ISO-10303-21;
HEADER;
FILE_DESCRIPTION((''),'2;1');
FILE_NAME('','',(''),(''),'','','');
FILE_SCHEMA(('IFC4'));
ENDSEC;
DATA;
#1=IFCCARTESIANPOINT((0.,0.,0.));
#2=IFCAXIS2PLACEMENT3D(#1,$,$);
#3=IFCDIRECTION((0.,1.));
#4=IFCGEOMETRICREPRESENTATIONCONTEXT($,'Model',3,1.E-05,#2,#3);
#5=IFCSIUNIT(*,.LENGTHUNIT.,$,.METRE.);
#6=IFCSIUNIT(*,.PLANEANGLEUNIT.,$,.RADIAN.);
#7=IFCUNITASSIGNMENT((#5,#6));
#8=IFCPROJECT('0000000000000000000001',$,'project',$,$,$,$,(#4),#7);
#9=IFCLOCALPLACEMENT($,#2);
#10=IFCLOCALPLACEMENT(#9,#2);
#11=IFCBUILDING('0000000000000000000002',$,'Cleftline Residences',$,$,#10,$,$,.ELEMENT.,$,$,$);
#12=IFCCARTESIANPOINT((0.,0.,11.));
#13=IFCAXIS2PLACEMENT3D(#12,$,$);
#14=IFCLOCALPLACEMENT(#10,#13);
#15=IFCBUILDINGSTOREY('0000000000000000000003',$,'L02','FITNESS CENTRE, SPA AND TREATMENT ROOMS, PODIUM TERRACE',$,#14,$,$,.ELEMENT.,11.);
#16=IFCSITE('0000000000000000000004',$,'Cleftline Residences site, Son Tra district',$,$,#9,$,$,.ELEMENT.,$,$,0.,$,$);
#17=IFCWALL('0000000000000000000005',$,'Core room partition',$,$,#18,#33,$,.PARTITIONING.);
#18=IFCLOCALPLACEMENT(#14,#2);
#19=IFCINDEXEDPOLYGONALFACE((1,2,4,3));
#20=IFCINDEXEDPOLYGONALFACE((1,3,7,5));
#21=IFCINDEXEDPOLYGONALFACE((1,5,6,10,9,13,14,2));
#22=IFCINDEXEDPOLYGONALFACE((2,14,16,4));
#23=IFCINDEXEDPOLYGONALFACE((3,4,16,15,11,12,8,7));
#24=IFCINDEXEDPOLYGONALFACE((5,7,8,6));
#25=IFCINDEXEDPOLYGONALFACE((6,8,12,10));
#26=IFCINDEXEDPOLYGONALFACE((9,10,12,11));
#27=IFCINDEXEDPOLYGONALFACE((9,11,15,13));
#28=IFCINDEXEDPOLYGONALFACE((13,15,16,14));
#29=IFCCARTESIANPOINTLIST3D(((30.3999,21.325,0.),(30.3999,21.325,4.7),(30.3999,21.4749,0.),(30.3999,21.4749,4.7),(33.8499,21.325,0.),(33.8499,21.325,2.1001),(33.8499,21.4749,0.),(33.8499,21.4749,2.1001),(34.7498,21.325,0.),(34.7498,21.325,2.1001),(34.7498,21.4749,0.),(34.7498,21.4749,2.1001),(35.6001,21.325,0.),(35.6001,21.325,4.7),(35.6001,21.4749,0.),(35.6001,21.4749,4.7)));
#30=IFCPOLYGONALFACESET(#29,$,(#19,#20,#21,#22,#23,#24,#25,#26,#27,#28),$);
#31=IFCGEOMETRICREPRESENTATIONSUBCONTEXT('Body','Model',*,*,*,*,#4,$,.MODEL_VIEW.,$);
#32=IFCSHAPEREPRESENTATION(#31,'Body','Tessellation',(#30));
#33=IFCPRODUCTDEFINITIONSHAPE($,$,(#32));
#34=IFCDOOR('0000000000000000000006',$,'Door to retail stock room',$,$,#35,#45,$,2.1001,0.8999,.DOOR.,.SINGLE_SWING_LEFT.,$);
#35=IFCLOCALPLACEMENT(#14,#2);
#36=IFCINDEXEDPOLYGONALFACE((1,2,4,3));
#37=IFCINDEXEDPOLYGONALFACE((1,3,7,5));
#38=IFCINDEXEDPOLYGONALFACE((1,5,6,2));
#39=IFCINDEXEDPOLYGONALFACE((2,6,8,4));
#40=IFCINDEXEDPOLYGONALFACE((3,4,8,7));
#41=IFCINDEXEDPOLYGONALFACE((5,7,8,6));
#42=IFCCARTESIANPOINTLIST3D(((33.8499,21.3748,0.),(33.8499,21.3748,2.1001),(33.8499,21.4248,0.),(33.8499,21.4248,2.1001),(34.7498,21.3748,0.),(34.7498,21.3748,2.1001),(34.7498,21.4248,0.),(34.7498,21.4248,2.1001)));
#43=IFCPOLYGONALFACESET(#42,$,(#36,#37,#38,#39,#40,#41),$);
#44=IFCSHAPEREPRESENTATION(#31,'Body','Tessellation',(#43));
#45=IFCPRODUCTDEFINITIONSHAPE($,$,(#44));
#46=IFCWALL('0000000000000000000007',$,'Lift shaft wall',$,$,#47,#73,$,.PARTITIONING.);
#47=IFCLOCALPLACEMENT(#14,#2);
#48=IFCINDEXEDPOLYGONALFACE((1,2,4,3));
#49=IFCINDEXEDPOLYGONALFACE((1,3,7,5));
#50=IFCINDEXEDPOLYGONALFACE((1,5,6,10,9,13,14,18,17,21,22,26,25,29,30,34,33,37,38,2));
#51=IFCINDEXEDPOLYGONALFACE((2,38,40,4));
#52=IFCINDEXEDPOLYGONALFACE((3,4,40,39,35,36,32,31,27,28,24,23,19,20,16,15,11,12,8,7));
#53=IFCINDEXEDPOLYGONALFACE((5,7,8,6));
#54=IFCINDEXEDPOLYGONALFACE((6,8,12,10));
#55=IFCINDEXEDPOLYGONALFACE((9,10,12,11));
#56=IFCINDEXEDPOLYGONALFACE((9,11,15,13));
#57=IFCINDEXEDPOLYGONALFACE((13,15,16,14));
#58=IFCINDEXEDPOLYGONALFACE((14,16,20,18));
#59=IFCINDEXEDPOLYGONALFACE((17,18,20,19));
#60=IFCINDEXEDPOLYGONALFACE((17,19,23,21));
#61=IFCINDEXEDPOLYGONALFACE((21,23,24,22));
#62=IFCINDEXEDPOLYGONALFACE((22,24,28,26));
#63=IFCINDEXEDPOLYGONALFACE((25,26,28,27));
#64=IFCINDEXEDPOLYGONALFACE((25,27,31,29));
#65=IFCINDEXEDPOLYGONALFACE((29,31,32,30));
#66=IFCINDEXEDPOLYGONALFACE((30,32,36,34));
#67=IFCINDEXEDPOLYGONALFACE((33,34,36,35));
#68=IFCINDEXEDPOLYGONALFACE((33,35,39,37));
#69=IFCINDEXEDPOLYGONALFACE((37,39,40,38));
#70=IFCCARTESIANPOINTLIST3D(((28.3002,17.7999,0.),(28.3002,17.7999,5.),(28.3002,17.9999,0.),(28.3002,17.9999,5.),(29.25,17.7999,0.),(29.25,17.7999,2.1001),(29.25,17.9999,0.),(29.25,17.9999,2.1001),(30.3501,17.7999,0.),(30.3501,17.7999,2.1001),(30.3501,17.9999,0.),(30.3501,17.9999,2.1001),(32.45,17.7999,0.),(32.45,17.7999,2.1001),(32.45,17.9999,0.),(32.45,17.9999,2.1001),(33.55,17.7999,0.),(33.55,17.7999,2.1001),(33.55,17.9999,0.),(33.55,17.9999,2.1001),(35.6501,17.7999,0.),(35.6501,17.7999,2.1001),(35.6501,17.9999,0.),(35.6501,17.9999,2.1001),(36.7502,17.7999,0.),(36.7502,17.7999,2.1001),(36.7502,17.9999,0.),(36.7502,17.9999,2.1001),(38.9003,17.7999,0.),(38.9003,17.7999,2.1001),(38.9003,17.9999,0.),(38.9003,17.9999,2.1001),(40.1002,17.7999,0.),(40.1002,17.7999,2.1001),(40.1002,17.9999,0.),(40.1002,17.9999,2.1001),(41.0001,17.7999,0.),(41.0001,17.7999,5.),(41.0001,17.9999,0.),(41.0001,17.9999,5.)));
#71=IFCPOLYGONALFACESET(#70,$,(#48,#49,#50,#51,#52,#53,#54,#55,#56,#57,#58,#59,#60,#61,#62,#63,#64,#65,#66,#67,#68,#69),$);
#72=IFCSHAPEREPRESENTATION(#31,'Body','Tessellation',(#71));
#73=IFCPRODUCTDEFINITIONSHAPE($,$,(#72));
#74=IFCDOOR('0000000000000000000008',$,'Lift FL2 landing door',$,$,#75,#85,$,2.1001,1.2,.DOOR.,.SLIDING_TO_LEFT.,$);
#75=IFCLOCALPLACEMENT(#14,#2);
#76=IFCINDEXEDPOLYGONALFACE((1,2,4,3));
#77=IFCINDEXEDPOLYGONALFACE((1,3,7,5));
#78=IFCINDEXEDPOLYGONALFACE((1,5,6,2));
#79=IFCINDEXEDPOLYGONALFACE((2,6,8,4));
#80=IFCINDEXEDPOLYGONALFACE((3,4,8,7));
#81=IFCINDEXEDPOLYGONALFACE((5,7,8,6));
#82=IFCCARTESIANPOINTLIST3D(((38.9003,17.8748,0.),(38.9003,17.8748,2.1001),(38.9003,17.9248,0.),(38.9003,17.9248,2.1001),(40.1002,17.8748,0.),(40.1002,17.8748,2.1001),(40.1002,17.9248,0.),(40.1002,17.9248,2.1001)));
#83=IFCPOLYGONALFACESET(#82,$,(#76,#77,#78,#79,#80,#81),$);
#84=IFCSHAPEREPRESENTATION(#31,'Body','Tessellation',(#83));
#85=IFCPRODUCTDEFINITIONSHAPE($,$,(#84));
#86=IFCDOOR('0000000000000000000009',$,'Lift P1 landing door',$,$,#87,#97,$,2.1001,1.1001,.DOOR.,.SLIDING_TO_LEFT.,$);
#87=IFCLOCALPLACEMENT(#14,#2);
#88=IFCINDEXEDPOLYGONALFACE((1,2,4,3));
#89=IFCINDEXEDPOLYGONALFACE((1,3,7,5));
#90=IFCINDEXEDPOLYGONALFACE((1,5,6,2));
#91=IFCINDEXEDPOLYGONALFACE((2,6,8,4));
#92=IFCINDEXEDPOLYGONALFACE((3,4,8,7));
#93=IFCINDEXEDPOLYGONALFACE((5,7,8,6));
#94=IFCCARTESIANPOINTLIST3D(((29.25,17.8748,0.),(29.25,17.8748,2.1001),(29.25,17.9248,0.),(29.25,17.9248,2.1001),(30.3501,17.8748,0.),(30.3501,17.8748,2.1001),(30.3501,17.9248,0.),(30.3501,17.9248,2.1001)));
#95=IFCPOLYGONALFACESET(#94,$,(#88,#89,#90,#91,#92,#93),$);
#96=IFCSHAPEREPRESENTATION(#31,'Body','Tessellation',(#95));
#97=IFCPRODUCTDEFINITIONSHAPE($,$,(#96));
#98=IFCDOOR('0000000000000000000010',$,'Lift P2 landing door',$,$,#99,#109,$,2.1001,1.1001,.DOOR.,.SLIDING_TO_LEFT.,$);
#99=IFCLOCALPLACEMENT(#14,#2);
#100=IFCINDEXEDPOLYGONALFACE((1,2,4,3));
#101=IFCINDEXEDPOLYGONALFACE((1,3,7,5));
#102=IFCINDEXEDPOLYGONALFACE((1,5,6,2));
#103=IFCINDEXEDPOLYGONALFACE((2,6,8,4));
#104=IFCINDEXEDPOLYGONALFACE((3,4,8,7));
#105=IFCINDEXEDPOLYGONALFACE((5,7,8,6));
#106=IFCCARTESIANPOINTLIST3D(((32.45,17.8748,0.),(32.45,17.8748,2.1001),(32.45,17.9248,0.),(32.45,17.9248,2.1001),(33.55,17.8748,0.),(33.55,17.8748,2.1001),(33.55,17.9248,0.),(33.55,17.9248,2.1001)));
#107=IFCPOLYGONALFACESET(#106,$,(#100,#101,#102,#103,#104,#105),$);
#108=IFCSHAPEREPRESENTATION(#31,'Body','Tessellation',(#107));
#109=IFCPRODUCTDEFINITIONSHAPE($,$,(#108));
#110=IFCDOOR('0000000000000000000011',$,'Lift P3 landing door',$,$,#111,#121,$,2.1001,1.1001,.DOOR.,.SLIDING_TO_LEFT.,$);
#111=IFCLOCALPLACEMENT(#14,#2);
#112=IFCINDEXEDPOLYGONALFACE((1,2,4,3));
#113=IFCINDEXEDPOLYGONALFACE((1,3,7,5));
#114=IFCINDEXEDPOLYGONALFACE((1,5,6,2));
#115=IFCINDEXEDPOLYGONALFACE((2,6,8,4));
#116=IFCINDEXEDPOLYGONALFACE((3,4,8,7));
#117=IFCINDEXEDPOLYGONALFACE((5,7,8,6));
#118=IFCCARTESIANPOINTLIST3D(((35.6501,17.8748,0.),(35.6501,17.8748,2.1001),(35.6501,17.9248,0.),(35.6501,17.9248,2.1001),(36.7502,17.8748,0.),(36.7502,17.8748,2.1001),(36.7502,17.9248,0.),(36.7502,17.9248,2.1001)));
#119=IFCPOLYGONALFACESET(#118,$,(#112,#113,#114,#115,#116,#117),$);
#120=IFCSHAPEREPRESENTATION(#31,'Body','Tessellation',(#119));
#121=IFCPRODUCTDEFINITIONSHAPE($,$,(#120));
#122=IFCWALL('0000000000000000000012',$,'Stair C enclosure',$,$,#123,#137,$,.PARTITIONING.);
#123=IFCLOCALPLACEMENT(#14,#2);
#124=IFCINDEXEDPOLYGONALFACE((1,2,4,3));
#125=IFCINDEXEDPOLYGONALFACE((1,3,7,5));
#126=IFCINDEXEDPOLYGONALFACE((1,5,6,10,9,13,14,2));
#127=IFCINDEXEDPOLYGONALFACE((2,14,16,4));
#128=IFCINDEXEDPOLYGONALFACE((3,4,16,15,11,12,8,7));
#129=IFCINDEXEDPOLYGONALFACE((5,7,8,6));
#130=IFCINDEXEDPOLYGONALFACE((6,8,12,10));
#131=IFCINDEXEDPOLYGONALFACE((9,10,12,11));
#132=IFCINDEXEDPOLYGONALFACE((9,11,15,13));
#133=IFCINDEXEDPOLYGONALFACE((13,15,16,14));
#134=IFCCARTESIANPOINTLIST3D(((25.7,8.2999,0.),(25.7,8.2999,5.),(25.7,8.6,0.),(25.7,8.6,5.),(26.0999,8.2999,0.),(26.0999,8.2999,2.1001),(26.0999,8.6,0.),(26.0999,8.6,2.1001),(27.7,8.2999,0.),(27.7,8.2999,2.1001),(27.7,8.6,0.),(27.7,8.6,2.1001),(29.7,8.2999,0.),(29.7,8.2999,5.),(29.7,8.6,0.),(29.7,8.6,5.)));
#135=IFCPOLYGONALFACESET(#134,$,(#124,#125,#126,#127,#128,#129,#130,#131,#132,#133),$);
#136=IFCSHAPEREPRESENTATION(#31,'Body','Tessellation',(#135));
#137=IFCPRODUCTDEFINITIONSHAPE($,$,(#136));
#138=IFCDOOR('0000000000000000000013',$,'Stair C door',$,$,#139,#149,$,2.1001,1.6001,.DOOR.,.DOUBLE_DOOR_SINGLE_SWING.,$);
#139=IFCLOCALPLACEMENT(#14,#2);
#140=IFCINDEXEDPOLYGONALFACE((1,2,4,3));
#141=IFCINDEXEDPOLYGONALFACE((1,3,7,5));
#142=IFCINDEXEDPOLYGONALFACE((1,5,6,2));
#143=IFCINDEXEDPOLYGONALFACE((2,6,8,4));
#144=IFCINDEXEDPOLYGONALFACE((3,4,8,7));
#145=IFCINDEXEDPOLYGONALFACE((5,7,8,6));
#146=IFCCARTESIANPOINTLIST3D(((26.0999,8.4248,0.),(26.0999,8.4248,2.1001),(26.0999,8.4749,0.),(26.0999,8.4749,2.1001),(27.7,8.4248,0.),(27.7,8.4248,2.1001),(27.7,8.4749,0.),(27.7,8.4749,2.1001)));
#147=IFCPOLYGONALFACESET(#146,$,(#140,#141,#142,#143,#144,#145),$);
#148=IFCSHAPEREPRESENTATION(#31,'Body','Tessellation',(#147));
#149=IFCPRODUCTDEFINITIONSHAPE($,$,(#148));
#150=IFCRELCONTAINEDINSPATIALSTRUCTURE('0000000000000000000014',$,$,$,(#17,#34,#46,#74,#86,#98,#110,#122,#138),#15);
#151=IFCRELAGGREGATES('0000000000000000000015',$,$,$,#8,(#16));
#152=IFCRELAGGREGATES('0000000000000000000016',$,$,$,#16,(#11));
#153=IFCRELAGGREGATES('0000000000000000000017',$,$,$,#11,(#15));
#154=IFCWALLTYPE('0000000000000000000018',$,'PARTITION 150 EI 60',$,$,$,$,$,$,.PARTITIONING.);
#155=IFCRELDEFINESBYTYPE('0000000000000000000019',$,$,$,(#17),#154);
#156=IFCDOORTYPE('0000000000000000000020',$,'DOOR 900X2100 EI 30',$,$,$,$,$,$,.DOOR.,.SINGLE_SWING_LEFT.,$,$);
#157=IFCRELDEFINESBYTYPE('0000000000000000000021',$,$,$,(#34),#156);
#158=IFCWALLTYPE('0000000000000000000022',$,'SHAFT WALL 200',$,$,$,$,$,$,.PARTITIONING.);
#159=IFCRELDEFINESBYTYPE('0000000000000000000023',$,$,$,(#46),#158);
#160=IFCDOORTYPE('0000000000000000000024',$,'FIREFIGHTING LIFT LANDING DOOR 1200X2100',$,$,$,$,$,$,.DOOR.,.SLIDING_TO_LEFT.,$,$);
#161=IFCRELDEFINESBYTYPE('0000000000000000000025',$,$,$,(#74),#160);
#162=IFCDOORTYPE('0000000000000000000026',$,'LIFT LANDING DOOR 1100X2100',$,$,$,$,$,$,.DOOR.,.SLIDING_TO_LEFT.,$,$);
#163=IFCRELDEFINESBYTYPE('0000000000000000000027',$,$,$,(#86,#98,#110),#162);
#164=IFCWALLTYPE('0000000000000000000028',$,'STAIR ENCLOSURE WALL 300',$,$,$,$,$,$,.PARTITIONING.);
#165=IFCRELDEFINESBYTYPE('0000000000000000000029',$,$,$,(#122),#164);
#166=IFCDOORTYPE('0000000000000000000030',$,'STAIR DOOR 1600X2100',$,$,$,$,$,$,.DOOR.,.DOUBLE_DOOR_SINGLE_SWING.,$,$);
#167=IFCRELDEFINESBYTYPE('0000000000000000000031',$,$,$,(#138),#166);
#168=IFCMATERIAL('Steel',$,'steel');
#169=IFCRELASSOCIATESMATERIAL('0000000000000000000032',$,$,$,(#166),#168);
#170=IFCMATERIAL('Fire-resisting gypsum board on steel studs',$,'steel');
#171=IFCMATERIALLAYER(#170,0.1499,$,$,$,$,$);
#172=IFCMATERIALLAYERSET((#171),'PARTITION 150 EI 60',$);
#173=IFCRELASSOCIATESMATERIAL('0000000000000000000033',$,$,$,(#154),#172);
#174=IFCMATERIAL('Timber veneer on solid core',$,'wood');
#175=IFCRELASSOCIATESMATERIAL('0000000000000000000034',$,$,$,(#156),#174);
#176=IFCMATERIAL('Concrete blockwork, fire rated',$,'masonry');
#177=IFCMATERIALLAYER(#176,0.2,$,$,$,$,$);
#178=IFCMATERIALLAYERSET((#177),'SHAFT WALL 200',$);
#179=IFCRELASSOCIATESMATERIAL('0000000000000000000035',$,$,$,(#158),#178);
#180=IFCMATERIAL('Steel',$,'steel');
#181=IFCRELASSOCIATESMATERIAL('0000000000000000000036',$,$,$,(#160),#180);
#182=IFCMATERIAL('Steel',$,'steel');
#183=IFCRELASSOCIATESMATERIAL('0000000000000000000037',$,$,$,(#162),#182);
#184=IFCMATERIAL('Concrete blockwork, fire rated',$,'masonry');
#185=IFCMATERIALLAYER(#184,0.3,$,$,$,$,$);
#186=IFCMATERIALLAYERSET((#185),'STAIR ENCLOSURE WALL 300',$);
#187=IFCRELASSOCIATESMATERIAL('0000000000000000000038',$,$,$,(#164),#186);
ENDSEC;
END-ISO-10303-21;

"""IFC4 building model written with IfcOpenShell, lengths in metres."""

from ifc_helpers import new_model, si_unit, direction, frame, frame_2d, origin, place, context, subcontext, project, spatial, rectangle, extrude, material, layer, layer_set, type_object, element, fill, save


model = new_model("IFC4")

# Units and contexts
model_context = context("Model", 3, precision=1e-05, world=origin(), true_north=direction((0.0, 1.0)))
body_context = subcontext(model_context, "Body", "Model", "MODEL_VIEW")
ifc_project = project(units=[si_unit("LENGTHUNIT", "METRE"), si_unit("PLANEANGLEUNIT", "RADIAN")], contexts=[model_context])

# Site, building, storey
site_placement = place(None, origin())
site = spatial("IfcSite", under=ifc_project, at=site_placement, Name="Cleftline Residences site, Son Tra district", CompositionType="ELEMENT", RefElevation=0.0)
building_placement = place(site_placement, origin())
building = spatial("IfcBuilding", under=site, at=building_placement, Name="Cleftline Residences", CompositionType="ELEMENT")
storey_placement = place(building_placement, frame((0.0, 0.0, 11.0)))
storey = spatial("IfcBuildingStorey", under=building, at=storey_placement, Name="L02", Description="FITNESS CENTRE, SPA AND TREATMENT ROOMS, PODIUM TERRACE", CompositionType="ELEMENT", Elevation=11.0)

# Shared definitions
ifc_material_1 = material(Name="Steel", Category="steel")
door_type_1 = type_object("IfcDoorType", Name="STAIR DOOR 1600X2100", OperationType="DOUBLE_DOOR_SINGLE_SWING", PredefinedType="DOOR", material=ifc_material_1)

# Wall, opening, door
ifc_material_2 = material(Name="Fire-resisting gypsum board on steel studs", Category="steel")
ifc_layer_1 = layer(ifc_material_2, 0.1499)
ifc_layer_set_1 = layer_set([ifc_layer_1], Name="PARTITION 150 EI 60")
wall_type_1 = type_object("IfcWallType", Name="PARTITION 150 EI 60", PredefinedType="PARTITIONING", material=ifc_layer_set_1)
wall_1_placement = place(storey_placement, frame((30.3999, 21.3999, 0.0), z_axis=(0.0, 0.0, 1.0), x_axis=(1.0, 0.0, 0.0)))
wall_1 = element("IfcWall", 1, at=wall_1_placement, inside=storey, type_object=wall_type_1, Name="Core room partition", PredefinedType="PARTITIONING", context=body_context, shape_type="SweptSolid", body=[
    extrude(rectangle(XDim=5.2002, YDim=0.1499, at=frame_2d((2.6001, 0.0))), origin(), (0.0, 0.0, 1.0), 4.7),
])
opening_1_placement = place(wall_1_placement, frame((3.45, 0.0, 0.0)))
opening_1 = element("IfcOpeningElement", 2, at=opening_1_placement, cuts=wall_1, PredefinedType="OPENING", context=body_context, shape_type="SweptSolid", body=[
    extrude(rectangle(XDim=0.8999, YDim=2.1001, at=frame_2d((0.45, 1.05))), frame((0.0, 0.085, 0.0), z_axis=(0.0, -1.0, 0.0), x_axis=(1.0, 0.0, 0.0)), (0.0, 0.0, 1.0), 0.1699),
])
ifc_material_3 = material(Name="Timber veneer on solid core", Category="wood")
door_type_2 = type_object("IfcDoorType", Name="DOOR 900X2100 EI 30", OperationType="SINGLE_SWING_LEFT", PredefinedType="DOOR", material=ifc_material_3)
door_1_placement = place(opening_1_placement, origin())
door_1 = element("IfcDoor", 3, at=door_1_placement, inside=storey, type_object=door_type_2, Name="Door to retail stock room", OperationType="SINGLE_SWING_LEFT", OverallHeight=2.1001, OverallWidth=0.8999, PredefinedType="DOOR", context=body_context, shape_type="SweptSolid", body=[
    extrude(rectangle(XDim=0.8999, YDim=2.1001, at=frame_2d((0.45, 1.05))), frame((0.0, 0.0249, 0.0), z_axis=(0.0, -1.0, 0.0), x_axis=(1.0, 0.0, 0.0)), (0.0, 0.0, 1.0), 0.05),
])
fill(opening_1, door_1)

# Wall, openings, doors
ifc_material_4 = material(Name="Concrete blockwork, fire rated", Category="masonry")
ifc_layer_2 = layer(ifc_material_4, 0.2)
ifc_layer_set_2 = layer_set([ifc_layer_2], Name="SHAFT WALL 200")
wall_type_2 = type_object("IfcWallType", Name="SHAFT WALL 200", PredefinedType="PARTITIONING", material=ifc_layer_set_2)
wall_2_placement = place(storey_placement, frame((28.3, 17.8999, 0.0), z_axis=(0.0, 0.0, 1.0), x_axis=(1.0, 0.0, 0.0)))
wall_2 = element("IfcWall", 4, at=wall_2_placement, inside=storey, type_object=wall_type_2, Name="Lift shaft wall", PredefinedType="PARTITIONING", context=body_context, shape_type="SweptSolid", body=[
    extrude(rectangle(XDim=12.7, YDim=0.2, at=frame_2d((6.3501, 0.0))), origin(), (0.0, 0.0, 1.0), 5.0),
])
opening_2_placement = place(wall_2_placement, frame((0.95, 0.0, 0.0)))
opening_2 = element("IfcOpeningElement", 5, at=opening_2_placement, cuts=wall_2, PredefinedType="OPENING", context=body_context, shape_type="SweptSolid", body=[
    extrude(rectangle(XDim=1.1001, YDim=2.1001, at=frame_2d((0.55, 1.05))), frame((0.0, 0.1099, 0.0), z_axis=(0.0, -1.0, 0.0), x_axis=(1.0, 0.0, 0.0)), (0.0, 0.0, 1.0), 0.22),
])
opening_3_placement = place(wall_2_placement, frame((4.1499, 0.0, 0.0)))
opening_3 = element("IfcOpeningElement", 6, at=opening_3_placement, cuts=wall_2, PredefinedType="OPENING", context=body_context, shape_type="SweptSolid", body=[
    extrude(rectangle(XDim=1.1001, YDim=2.1001, at=frame_2d((0.55, 1.05))), frame((0.0, 0.1099, 0.0), z_axis=(0.0, -1.0, 0.0), x_axis=(1.0, 0.0, 0.0)), (0.0, 0.0, 1.0), 0.22),
])
opening_4_placement = place(wall_2_placement, frame((7.3501, 0.0, 0.0)))
opening_4 = element("IfcOpeningElement", 7, at=opening_4_placement, cuts=wall_2, PredefinedType="OPENING", context=body_context, shape_type="SweptSolid", body=[
    extrude(rectangle(XDim=1.1001, YDim=2.1001, at=frame_2d((0.55, 1.05))), frame((0.0, 0.1099, 0.0), z_axis=(0.0, -1.0, 0.0), x_axis=(1.0, 0.0, 0.0)), (0.0, 0.0, 1.0), 0.22),
])
opening_5_placement = place(wall_2_placement, frame((10.6001, 0.0, 0.0)))
opening_5 = element("IfcOpeningElement", 8, at=opening_5_placement, cuts=wall_2, PredefinedType="OPENING", context=body_context, shape_type="SweptSolid", body=[
    extrude(rectangle(XDim=1.2, YDim=2.1001, at=frame_2d((0.6001, 1.05))), frame((0.0, 0.1099, 0.0), z_axis=(0.0, -1.0, 0.0), x_axis=(1.0, 0.0, 0.0)), (0.0, 0.0, 1.0), 0.22),
])
ifc_material_5 = material(Name="Steel", Category="steel")
door_type_3 = type_object("IfcDoorType", Name="FIREFIGHTING LIFT LANDING DOOR 1200X2100", OperationType="SLIDING_TO_LEFT", PredefinedType="DOOR", material=ifc_material_5)
door_2_placement = place(opening_5_placement, origin())
door_2 = element("IfcDoor", 9, at=door_2_placement, inside=storey, type_object=door_type_3, Name="Lift FL2 landing door", OperationType="SLIDING_TO_LEFT", OverallHeight=2.1001, OverallWidth=1.2, PredefinedType="DOOR", context=body_context, shape_type="SweptSolid", body=[
    extrude(rectangle(XDim=1.2, YDim=2.1001, at=frame_2d((0.6001, 1.05))), frame((0.0, 0.0249, 0.0), z_axis=(0.0, -1.0, 0.0), x_axis=(1.0, 0.0, 0.0)), (0.0, 0.0, 1.0), 0.05),
])
fill(opening_5, door_2)
ifc_material_6 = material(Name="Steel", Category="steel")
door_type_4 = type_object("IfcDoorType", Name="LIFT LANDING DOOR 1100X2100", OperationType="SLIDING_TO_LEFT", PredefinedType="DOOR", material=ifc_material_6)
door_3_placement = place(opening_2_placement, origin())
door_3 = element("IfcDoor", 10, at=door_3_placement, inside=storey, type_object=door_type_4, Name="Lift P1 landing door", OperationType="SLIDING_TO_LEFT", OverallHeight=2.1001, OverallWidth=1.1001, PredefinedType="DOOR", context=body_context, shape_type="SweptSolid", body=[
    extrude(rectangle(XDim=1.1001, YDim=2.1001, at=frame_2d((0.55, 1.05))), frame((0.0, 0.0249, 0.0), z_axis=(0.0, -1.0, 0.0), x_axis=(1.0, 0.0, 0.0)), (0.0, 0.0, 1.0), 0.05),
])
fill(opening_2, door_3)
door_4_placement = place(opening_3_placement, origin())
door_4 = element("IfcDoor", 11, at=door_4_placement, inside=storey, type_object=door_type_4, Name="Lift P2 landing door", OperationType="SLIDING_TO_LEFT", OverallHeight=2.1001, OverallWidth=1.1001, PredefinedType="DOOR", context=body_context, shape_type="SweptSolid", body=[
    extrude(rectangle(XDim=1.1001, YDim=2.1001, at=frame_2d((0.55, 1.05))), frame((0.0, 0.0249, 0.0), z_axis=(0.0, -1.0, 0.0), x_axis=(1.0, 0.0, 0.0)), (0.0, 0.0, 1.0), 0.05),
])
fill(opening_3, door_4)
door_5_placement = place(opening_4_placement, origin())
door_5 = element("IfcDoor", 12, at=door_5_placement, inside=storey, type_object=door_type_4, Name="Lift P3 landing door", OperationType="SLIDING_TO_LEFT", OverallHeight=2.1001, OverallWidth=1.1001, PredefinedType="DOOR", context=body_context, shape_type="SweptSolid", body=[
    extrude(rectangle(XDim=1.1001, YDim=2.1001, at=frame_2d((0.55, 1.05))), frame((0.0, 0.0249, 0.0), z_axis=(0.0, -1.0, 0.0), x_axis=(1.0, 0.0, 0.0)), (0.0, 0.0, 1.0), 0.05),
])
fill(opening_4, door_5)

# Wall, opening, door
ifc_material_7 = material(Name="Concrete blockwork, fire rated", Category="masonry")
ifc_layer_3 = layer(ifc_material_7, 0.3)
ifc_layer_set_3 = layer_set([ifc_layer_3], Name="STAIR ENCLOSURE WALL 300")
wall_type_3 = type_object("IfcWallType", Name="STAIR ENCLOSURE WALL 300", PredefinedType="PARTITIONING", material=ifc_layer_set_3)
wall_3_placement = place(storey_placement, frame((25.7, 8.45, 0.0), z_axis=(0.0, 0.0, 1.0), x_axis=(1.0, 0.0, 0.0)))
wall_3 = element("IfcWall", 13, at=wall_3_placement, inside=storey, type_object=wall_type_3, Name="Stair C enclosure", PredefinedType="PARTITIONING", context=body_context, shape_type="SweptSolid", body=[
    extrude(rectangle(XDim=4.0, YDim=0.3, at=frame_2d((2.0, 0.0))), origin(), (0.0, 0.0, 1.0), 5.0),
])
opening_6_placement = place(wall_3_placement, frame((0.3999, 0.0, 0.0)))
opening_6 = element("IfcOpeningElement", 14, at=opening_6_placement, cuts=wall_3, PredefinedType="OPENING", context=body_context, shape_type="SweptSolid", body=[
    extrude(rectangle(XDim=1.6001, YDim=2.1001, at=frame_2d((0.8, 1.05))), frame((0.0, 0.1599, 0.0), z_axis=(0.0, -1.0, 0.0), x_axis=(1.0, 0.0, 0.0)), (0.0, 0.0, 1.0), 0.3201),
])
door_6_placement = place(opening_6_placement, origin())
door_6 = element("IfcDoor", 15, at=door_6_placement, inside=storey, type_object=door_type_1, Name="Stair C door", OperationType="DOUBLE_DOOR_SINGLE_SWING", OverallHeight=2.1001, OverallWidth=1.6001, PredefinedType="DOOR", context=body_context, shape_type="SweptSolid", body=[
    extrude(rectangle(XDim=1.6001, YDim=2.1001, at=frame_2d((0.8, 1.05))), frame((0.0, 0.0249, 0.0), z_axis=(0.0, -1.0, 0.0), x_axis=(1.0, 0.0, 0.0)), (0.0, 0.0, 1.0), 0.05),
])
fill(opening_6, door_6)

save(model, "model.ifc")
